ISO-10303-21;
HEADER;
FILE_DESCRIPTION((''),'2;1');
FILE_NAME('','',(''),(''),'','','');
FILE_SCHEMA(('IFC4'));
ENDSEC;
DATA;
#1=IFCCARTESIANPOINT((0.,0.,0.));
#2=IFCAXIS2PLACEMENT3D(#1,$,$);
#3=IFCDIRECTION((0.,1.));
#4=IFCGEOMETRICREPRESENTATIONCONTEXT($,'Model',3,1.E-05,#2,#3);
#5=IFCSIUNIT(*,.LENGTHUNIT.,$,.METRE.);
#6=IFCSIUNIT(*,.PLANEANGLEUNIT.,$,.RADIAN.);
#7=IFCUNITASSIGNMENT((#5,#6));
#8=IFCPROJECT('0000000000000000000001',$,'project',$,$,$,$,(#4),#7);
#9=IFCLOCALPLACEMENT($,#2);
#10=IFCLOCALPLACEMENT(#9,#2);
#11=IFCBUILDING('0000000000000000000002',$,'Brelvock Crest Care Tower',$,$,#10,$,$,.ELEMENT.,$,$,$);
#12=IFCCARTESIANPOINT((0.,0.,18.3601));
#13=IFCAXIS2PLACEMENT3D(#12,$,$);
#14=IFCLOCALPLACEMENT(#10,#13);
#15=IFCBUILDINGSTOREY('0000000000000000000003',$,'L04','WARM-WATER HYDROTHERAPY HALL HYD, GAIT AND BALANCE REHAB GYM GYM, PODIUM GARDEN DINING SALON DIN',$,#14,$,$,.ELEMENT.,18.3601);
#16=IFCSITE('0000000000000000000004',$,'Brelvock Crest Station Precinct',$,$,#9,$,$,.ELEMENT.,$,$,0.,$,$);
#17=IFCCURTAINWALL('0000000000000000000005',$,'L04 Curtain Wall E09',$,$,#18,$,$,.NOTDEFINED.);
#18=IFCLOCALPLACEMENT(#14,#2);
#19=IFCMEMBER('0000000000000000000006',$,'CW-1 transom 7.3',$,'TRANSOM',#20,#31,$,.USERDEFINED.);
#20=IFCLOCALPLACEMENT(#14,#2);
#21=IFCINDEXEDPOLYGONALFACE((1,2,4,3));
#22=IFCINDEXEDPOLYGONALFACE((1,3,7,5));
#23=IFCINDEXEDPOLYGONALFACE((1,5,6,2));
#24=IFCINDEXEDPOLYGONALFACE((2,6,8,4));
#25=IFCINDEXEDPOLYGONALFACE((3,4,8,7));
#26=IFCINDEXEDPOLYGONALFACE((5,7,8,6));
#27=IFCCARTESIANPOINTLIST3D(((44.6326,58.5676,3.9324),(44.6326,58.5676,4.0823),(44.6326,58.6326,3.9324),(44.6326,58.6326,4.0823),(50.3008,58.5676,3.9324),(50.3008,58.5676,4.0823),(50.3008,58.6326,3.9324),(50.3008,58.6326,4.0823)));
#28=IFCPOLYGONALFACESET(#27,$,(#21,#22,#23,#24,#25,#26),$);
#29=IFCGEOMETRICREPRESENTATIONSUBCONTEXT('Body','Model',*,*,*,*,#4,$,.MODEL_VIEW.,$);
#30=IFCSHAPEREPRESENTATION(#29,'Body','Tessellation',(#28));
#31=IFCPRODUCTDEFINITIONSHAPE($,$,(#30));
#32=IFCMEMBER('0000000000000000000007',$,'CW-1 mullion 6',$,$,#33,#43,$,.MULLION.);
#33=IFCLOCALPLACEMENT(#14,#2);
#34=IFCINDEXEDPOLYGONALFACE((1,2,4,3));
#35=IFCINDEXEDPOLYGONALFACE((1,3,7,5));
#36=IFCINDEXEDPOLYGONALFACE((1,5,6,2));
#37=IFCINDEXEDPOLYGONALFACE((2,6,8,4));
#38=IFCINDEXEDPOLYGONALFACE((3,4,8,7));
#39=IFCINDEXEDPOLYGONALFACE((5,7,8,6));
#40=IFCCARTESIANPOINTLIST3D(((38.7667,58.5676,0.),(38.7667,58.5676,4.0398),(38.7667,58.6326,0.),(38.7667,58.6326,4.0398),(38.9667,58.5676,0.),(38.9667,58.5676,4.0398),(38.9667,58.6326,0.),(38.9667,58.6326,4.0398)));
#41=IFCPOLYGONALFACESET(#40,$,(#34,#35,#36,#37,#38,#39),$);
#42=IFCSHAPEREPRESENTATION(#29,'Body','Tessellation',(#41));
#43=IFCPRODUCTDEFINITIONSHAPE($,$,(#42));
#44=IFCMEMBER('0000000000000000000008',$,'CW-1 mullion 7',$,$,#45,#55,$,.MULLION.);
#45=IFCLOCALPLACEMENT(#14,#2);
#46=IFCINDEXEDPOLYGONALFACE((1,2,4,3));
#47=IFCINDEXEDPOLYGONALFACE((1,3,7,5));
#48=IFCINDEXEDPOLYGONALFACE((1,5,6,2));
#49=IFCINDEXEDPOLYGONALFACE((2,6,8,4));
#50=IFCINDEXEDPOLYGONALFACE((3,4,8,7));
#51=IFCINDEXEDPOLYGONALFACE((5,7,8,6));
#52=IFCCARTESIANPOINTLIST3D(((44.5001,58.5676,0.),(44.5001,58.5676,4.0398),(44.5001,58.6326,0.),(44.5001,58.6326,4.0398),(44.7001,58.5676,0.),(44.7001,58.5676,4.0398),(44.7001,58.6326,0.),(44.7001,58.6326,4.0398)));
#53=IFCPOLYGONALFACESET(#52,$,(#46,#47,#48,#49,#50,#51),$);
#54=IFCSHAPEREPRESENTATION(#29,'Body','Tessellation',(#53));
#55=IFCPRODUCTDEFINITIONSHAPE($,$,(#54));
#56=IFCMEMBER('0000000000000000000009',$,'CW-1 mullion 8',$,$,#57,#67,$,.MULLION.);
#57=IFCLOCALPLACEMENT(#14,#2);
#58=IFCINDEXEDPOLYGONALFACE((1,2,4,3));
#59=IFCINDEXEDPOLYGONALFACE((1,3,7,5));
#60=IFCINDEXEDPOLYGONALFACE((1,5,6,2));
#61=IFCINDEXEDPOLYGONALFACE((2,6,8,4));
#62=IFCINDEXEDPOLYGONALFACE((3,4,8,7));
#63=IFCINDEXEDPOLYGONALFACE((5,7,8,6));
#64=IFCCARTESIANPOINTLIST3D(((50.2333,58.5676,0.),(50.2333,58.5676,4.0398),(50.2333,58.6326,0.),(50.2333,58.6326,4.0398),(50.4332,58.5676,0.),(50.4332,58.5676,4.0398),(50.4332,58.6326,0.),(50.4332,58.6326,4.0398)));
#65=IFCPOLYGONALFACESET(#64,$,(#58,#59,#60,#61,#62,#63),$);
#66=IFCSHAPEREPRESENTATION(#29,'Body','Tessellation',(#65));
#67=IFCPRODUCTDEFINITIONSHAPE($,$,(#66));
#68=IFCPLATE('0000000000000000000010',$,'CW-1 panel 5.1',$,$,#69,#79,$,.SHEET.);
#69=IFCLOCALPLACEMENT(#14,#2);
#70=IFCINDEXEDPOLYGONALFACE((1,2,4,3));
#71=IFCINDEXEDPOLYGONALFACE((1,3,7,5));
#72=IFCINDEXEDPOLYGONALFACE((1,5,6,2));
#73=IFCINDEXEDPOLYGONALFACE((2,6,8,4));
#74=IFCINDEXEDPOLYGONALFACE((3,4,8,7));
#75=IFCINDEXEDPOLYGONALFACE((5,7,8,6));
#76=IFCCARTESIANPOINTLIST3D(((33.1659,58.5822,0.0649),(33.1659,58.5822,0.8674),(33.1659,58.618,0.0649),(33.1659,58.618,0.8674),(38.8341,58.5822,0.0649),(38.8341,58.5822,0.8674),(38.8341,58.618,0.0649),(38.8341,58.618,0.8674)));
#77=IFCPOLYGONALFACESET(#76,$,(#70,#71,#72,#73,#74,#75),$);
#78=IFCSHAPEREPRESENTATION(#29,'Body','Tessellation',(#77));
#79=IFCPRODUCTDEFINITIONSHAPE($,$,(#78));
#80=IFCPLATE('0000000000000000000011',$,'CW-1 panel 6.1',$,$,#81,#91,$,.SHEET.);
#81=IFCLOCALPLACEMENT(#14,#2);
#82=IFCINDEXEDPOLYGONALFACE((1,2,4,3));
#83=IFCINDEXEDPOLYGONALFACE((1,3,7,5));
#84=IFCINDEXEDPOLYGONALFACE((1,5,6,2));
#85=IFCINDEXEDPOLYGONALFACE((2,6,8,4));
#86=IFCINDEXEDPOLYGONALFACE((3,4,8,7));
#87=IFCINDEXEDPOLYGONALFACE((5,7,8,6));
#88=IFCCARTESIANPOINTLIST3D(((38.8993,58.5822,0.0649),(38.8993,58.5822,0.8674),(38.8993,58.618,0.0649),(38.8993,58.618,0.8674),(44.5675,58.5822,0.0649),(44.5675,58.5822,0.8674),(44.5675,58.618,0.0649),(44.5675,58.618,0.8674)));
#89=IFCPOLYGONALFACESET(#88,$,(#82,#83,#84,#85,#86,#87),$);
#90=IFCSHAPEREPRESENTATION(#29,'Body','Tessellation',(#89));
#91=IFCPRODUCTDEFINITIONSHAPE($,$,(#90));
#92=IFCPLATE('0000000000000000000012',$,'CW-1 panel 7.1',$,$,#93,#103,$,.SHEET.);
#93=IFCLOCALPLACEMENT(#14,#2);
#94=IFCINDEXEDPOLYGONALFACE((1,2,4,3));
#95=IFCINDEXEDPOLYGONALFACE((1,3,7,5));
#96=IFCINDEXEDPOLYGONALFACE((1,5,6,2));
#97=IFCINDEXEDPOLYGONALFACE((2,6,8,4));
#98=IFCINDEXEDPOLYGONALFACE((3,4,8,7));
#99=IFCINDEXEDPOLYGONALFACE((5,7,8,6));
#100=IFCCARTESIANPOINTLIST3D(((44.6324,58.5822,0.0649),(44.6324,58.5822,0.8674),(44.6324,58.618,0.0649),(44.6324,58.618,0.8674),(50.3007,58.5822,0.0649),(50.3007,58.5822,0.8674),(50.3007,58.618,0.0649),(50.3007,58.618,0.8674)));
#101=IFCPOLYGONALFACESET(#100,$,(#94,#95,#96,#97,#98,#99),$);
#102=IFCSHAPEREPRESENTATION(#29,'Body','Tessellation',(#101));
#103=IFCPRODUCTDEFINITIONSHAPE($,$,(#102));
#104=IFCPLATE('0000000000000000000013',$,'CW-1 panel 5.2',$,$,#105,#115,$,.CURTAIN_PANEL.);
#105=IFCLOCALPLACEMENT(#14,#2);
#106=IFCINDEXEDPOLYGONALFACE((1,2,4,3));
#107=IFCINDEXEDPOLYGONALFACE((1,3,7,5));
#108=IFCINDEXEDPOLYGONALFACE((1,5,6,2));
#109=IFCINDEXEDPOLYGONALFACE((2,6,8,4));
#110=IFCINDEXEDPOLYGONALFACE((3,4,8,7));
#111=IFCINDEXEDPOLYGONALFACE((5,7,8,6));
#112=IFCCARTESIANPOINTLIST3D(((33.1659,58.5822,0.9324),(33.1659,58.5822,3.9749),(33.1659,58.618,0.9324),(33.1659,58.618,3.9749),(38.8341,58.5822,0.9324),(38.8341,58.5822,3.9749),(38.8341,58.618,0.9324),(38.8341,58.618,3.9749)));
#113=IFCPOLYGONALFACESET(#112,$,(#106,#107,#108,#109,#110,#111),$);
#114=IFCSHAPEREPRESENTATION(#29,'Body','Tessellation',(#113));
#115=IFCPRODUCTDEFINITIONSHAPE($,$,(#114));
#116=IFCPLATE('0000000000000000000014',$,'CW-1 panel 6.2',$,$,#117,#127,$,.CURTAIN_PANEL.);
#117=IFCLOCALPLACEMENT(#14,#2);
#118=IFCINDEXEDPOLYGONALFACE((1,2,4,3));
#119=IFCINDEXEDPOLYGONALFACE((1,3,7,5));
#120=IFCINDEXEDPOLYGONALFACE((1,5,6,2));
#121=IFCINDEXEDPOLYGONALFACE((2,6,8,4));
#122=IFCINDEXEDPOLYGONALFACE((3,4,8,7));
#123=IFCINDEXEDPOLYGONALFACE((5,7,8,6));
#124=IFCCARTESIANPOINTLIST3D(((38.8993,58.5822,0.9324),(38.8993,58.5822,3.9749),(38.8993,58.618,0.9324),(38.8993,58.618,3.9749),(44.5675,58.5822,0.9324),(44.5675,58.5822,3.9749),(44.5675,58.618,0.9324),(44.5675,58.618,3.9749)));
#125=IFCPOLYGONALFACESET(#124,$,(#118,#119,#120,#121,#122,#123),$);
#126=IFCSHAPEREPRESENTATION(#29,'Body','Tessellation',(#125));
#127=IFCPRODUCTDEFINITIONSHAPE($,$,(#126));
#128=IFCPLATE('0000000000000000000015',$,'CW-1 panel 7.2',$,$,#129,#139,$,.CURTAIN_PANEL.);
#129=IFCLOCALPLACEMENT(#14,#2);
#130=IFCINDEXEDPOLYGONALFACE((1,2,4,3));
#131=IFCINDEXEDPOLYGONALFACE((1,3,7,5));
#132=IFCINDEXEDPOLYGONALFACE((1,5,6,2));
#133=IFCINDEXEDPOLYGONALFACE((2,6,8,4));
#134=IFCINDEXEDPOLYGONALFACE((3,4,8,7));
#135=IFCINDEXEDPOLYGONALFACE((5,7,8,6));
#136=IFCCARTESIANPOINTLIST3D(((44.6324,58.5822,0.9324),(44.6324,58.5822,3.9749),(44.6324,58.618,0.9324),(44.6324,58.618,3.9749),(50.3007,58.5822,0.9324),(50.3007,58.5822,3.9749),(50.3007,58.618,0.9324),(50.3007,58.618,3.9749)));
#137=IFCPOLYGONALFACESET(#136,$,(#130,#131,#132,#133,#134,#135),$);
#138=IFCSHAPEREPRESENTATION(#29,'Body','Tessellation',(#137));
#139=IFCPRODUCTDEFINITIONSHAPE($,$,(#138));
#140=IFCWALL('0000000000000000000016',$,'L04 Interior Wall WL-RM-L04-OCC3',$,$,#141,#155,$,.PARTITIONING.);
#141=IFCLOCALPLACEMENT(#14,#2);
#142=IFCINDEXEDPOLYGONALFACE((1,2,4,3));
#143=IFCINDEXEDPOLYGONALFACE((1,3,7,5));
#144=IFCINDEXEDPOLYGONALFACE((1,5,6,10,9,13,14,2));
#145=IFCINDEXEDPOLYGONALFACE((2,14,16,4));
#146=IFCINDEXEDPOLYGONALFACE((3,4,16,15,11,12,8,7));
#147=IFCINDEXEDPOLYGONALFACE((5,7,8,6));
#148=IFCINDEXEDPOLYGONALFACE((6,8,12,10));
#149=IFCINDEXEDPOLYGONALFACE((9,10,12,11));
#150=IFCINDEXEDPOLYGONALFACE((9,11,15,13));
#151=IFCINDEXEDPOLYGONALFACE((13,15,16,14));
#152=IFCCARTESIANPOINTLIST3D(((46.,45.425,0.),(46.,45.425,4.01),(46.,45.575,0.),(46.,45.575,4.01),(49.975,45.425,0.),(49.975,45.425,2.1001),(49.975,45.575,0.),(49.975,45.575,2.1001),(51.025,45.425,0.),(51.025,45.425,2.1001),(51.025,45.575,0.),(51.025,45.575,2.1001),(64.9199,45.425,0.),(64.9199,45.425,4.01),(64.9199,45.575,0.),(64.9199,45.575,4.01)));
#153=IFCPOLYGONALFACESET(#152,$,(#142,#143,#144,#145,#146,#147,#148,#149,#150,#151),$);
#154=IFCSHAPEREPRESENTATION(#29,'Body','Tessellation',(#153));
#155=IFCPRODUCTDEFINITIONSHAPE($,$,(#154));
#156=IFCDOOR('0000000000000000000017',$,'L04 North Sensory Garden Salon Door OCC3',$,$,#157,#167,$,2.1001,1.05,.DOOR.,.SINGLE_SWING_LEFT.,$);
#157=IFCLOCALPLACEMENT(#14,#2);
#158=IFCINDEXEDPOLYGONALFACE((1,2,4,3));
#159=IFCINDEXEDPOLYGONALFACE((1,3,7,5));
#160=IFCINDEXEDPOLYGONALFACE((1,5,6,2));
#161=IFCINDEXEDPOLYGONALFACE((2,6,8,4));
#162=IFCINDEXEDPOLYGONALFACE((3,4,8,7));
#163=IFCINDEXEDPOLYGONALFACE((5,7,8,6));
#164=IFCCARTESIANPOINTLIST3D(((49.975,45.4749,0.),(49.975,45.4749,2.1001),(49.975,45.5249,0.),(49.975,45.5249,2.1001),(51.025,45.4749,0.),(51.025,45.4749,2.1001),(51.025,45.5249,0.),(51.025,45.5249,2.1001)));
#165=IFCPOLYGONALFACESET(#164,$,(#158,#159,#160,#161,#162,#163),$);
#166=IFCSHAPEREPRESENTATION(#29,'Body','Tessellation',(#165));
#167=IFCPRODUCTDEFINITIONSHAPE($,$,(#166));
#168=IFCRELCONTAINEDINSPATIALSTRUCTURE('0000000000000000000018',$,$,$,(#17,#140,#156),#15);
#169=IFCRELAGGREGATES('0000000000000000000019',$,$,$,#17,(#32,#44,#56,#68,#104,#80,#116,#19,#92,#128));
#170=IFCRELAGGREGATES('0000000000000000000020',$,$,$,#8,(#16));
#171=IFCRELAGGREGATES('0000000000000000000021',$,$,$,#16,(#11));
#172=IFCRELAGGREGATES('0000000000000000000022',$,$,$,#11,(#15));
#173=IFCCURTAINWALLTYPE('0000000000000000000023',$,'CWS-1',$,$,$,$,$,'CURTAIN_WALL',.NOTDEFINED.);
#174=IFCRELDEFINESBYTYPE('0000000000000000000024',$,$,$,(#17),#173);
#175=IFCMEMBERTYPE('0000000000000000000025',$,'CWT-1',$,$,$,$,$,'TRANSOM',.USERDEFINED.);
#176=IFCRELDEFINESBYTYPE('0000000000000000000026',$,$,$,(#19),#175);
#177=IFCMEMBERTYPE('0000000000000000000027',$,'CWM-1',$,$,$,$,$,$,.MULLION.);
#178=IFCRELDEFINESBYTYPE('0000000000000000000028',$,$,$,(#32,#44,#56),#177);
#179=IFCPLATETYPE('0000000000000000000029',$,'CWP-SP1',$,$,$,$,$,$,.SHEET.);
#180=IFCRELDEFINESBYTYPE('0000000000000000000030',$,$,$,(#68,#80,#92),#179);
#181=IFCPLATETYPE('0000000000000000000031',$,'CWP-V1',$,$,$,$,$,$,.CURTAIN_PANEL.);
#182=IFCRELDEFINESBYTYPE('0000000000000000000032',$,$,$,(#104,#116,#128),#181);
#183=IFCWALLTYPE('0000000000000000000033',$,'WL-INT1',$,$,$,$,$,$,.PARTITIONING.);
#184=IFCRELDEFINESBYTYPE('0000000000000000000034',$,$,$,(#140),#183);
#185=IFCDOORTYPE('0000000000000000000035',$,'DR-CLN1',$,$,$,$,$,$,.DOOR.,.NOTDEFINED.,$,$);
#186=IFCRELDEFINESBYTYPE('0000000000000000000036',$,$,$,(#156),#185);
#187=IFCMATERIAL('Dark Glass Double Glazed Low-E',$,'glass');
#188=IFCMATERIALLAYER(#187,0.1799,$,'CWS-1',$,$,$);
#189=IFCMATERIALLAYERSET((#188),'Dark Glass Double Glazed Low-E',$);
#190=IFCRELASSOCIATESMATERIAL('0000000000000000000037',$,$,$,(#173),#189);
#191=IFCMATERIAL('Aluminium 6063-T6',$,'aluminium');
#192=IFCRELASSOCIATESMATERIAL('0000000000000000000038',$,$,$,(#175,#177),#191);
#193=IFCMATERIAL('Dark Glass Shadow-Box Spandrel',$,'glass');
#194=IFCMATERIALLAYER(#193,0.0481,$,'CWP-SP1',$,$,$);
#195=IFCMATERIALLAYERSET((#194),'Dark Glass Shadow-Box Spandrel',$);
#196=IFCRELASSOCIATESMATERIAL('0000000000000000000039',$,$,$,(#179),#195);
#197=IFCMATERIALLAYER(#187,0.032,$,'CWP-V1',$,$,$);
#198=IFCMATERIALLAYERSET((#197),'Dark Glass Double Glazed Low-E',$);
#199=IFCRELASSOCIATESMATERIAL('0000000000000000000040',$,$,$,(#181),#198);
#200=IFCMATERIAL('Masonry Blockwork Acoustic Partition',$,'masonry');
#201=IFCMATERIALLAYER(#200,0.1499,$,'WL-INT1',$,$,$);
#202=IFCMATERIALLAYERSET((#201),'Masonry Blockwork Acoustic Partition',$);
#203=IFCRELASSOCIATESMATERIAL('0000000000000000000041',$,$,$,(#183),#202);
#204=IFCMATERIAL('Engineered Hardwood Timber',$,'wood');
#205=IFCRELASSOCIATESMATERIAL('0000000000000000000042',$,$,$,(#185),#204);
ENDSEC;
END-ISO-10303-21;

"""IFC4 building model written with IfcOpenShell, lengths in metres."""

from ifc_helpers import new_model, si_unit, direction, frame, frame_2d, origin, origin_2d, place, context, subcontext, project, spatial, rectangle, extrude, source, transform, mapped, material, layer, layer_set, material_profile, profile_set, type_object, element, fill, aggregate, save


model = new_model("IFC4")

# Units and contexts
model_context = context("Model", 3, precision=1e-05, world=origin(), true_north=direction((0.0, 1.0)))
body_context = subcontext(model_context, "Body", "Model", "MODEL_VIEW")
ifc_project = project(units=[si_unit("LENGTHUNIT", "METRE"), si_unit("PLANEANGLEUNIT", "RADIAN")], contexts=[model_context])

# Site, building, storey
site_placement = place(None, origin())
site = spatial("IfcSite", under=ifc_project, at=site_placement, Name="Brelvock Crest Station Precinct", CompositionType="ELEMENT", RefElevation=0.0)
building_placement = place(site_placement, origin())
building = spatial("IfcBuilding", under=site, at=building_placement, Name="Brelvock Crest Care Tower", CompositionType="ELEMENT")
storey_placement = place(building_placement, frame((0.0, 0.0, 18.3601)))
storey = spatial("IfcBuildingStorey", under=building, at=storey_placement, Name="L04", Description="WARM-WATER HYDROTHERAPY HALL HYD, GAIT AND BALANCE REHAB GYM GYM, PODIUM GARDEN DINING SALON DIN", CompositionType="ELEMENT", Elevation=18.3601)

# Curtain wall, members, plates
ifc_material_1 = material(Name="Dark Glass Double Glazed Low-E", Category="glass")
ifc_layer_1 = layer(ifc_material_1, 0.1799, Name="CWS-1")
ifc_layer_set_1 = layer_set([ifc_layer_1], Name="Dark Glass Double Glazed Low-E")
curtain_wall_type = type_object("IfcCurtainWallType", Name="CWS-1", ElementType="CURTAIN_WALL", PredefinedType="NOTDEFINED", material=ifc_layer_set_1)
curtain_wall_placement = place(storey_placement, origin())
curtain_wall = element("IfcCurtainWall", 1, at=curtain_wall_placement, inside=storey, type_object=curtain_wall_type, Name="L04 Curtain Wall E09", PredefinedType="NOTDEFINED")
ifc_material_2 = material(Name="Aluminium 6063-T6", Category="aluminium")
ifc_material_profile_1 = material_profile(ifc_material_2, rectangle(XDim=0.0649, YDim=0.1499, at=origin_2d()), Name="ALU65x150")
ifc_profile_set_1 = profile_set([ifc_material_profile_1], Name="Aluminium 6063-T6")
member_type_1 = type_object("IfcMemberType", Name="CWT-1", ElementType="TRANSOM", PredefinedType="USERDEFINED", material=ifc_profile_set_1)
shared_shape_1 = source(origin(), body_context, "Body", "SweptSolid", [
    extrude(rectangle(XDim=0.0649, YDim=0.1499, at=origin_2d()), origin(), (0.0, 0.0, 1.0), 5.6682),
])
member_1_placement = place(storey_placement, frame((44.6326, 58.6001, 4.0073), z_axis=(1.0, 0.0, 0.0), x_axis=(0.0, 1.0, 0.0)))
member_1 = element("IfcMember", 2, at=member_1_placement, type_object=member_type_1, Name="CW-1 transom 7.3", ObjectType="TRANSOM", PredefinedType="USERDEFINED", context=body_context, shape_type="MappedRepresentation", body=[
    mapped(shared_shape_1, transform((0.0, 0.0, 0.0), x_axis=(1.0, 0.0, 0.0), y_axis=(0.0, 1.0, 0.0), z_axis=(0.0, 0.0, 1.0), scale=1.0)),
])
ifc_material_profile_2 = material_profile(ifc_material_2, rectangle(XDim=0.0649, YDim=0.2, at=origin_2d()), Name="ALU65x200")
ifc_profile_set_2 = profile_set([ifc_material_profile_2], Name="Aluminium 6063-T6")
member_type_2 = type_object("IfcMemberType", Name="CWM-1", PredefinedType="MULLION", material=ifc_profile_set_2)
shared_shape_2 = source(origin(), body_context, "Body", "SweptSolid", [
    extrude(rectangle(XDim=0.0649, YDim=0.2, at=origin_2d()), origin(), (0.0, 0.0, 1.0), 4.0398),
])
member_2_placement = place(storey_placement, frame((38.8667, 58.6001, 0.0), z_axis=(0.0, 0.0, 1.0), x_axis=(0.0, 1.0, 0.0)))
member_2 = element("IfcMember", 3, at=member_2_placement, type_object=member_type_2, Name="CW-1 mullion 6", PredefinedType="MULLION", context=body_context, shape_type="MappedRepresentation", body=[
    mapped(shared_shape_2, transform((0.0, 0.0, 0.0), x_axis=(1.0, 0.0, 0.0), y_axis=(0.0, 1.0, 0.0), z_axis=(0.0, 0.0, 1.0), scale=1.0)),
])
member_3_placement = place(storey_placement, frame((44.6001, 58.6001, 0.0), z_axis=(0.0, 0.0, 1.0), x_axis=(0.0, 1.0, 0.0)))
member_3 = element("IfcMember", 4, at=member_3_placement, type_object=member_type_2, Name="CW-1 mullion 7", PredefinedType="MULLION", context=body_context, shape_type="MappedRepresentation", body=[
    mapped(shared_shape_2, transform((0.0, 0.0, 0.0), x_axis=(1.0, 0.0, 0.0), y_axis=(0.0, 1.0, 0.0), z_axis=(0.0, 0.0, 1.0), scale=1.0)),
])
member_4_placement = place(storey_placement, frame((50.3333, 58.6001, 0.0), z_axis=(0.0, 0.0, 1.0), x_axis=(0.0, 1.0, 0.0)))
member_4 = element("IfcMember", 5, at=member_4_placement, type_object=member_type_2, Name="CW-1 mullion 8", PredefinedType="MULLION", context=body_context, shape_type="MappedRepresentation", body=[
    mapped(shared_shape_2, transform((0.0, 0.0, 0.0), x_axis=(1.0, 0.0, 0.0), y_axis=(0.0, 1.0, 0.0), z_axis=(0.0, 0.0, 1.0), scale=1.0)),
])
ifc_material_3 = material(Name="Dark Glass Shadow-Box Spandrel", Category="glass")
ifc_layer_2 = layer(ifc_material_3, 0.0481, Name="CWP-SP1")
ifc_layer_set_2 = layer_set([ifc_layer_2], Name="Dark Glass Shadow-Box Spandrel")
plate_type_1 = type_object("IfcPlateType", Name="CWP-SP1", PredefinedType="SHEET", material=ifc_layer_set_2)
shared_shape_3 = source(origin(), body_context, "Body", "SweptSolid", [
    extrude(rectangle(XDim=5.6682, YDim=0.0359, at=origin_2d()), origin(), (0.0, 0.0, 1.0), 0.8025),
])
plate_1_placement = place(storey_placement, frame((36.0, 58.6001, 0.0649), z_axis=(0.0, 0.0, 1.0), x_axis=(1.0, 0.0, 0.0)))
plate_1 = element("IfcPlate", 6, at=plate_1_placement, type_object=plate_type_1, Name="CW-1 panel 5.1", PredefinedType="SHEET", context=body_context, shape_type="MappedRepresentation", body=[
    mapped(shared_shape_3, transform((0.0, 0.0, 0.0), x_axis=(1.0, 0.0, 0.0), y_axis=(0.0, 1.0, 0.0), z_axis=(0.0, 0.0, 1.0), scale=1.0)),
])
plate_2_placement = place(storey_placement, frame((41.7334, 58.6001, 0.0649), z_axis=(0.0, 0.0, 1.0), x_axis=(1.0, 0.0, 0.0)))
plate_2 = element("IfcPlate", 7, at=plate_2_placement, type_object=plate_type_1, Name="CW-1 panel 6.1", PredefinedType="SHEET", context=body_context, shape_type="MappedRepresentation", body=[
    mapped(shared_shape_3, transform((0.0, 0.0, 0.0), x_axis=(1.0, 0.0, 0.0), y_axis=(0.0, 1.0, 0.0), z_axis=(0.0, 0.0, 1.0), scale=1.0)),
])
plate_3_placement = place(storey_placement, frame((47.4666, 58.6001, 0.0649), z_axis=(0.0, 0.0, 1.0), x_axis=(1.0, 0.0, 0.0)))
plate_3 = element("IfcPlate", 8, at=plate_3_placement, type_object=plate_type_1, Name="CW-1 panel 7.1", PredefinedType="SHEET", context=body_context, shape_type="MappedRepresentation", body=[
    mapped(shared_shape_3, transform((0.0, 0.0, 0.0), x_axis=(1.0, 0.0, 0.0), y_axis=(0.0, 1.0, 0.0), z_axis=(0.0, 0.0, 1.0), scale=1.0)),
])
ifc_layer_3 = layer(ifc_material_1, 0.032, Name="CWP-V1")
ifc_layer_set_3 = layer_set([ifc_layer_3], Name="Dark Glass Double Glazed Low-E")
plate_type_2 = type_object("IfcPlateType", Name="CWP-V1", PredefinedType="CURTAIN_PANEL", material=ifc_layer_set_3)
shared_shape_4 = source(origin(), body_context, "Body", "SweptSolid", [
    extrude(rectangle(XDim=5.6682, YDim=0.0359, at=origin_2d()), origin(), (0.0, 0.0, 1.0), 3.0425),
])
plate_4_placement = place(storey_placement, frame((36.0, 58.6001, 0.9324), z_axis=(0.0, 0.0, 1.0), x_axis=(1.0, 0.0, 0.0)))
plate_4 = element("IfcPlate", 9, at=plate_4_placement, type_object=plate_type_2, Name="CW-1 panel 5.2", PredefinedType="CURTAIN_PANEL", context=body_context, shape_type="MappedRepresentation", body=[
    mapped(shared_shape_4, transform((0.0, 0.0, 0.0), x_axis=(1.0, 0.0, 0.0), y_axis=(0.0, 1.0, 0.0), z_axis=(0.0, 0.0, 1.0), scale=1.0)),
])
plate_5_placement = place(storey_placement, frame((41.7334, 58.6001, 0.9324), z_axis=(0.0, 0.0, 1.0), x_axis=(1.0, 0.0, 0.0)))
plate_5 = element("IfcPlate", 10, at=plate_5_placement, type_object=plate_type_2, Name="CW-1 panel 6.2", PredefinedType="CURTAIN_PANEL", context=body_context, shape_type="MappedRepresentation", body=[
    mapped(shared_shape_4, transform((0.0, 0.0, 0.0), x_axis=(1.0, 0.0, 0.0), y_axis=(0.0, 1.0, 0.0), z_axis=(0.0, 0.0, 1.0), scale=1.0)),
])
plate_6_placement = place(storey_placement, frame((47.4666, 58.6001, 0.9324), z_axis=(0.0, 0.0, 1.0), x_axis=(1.0, 0.0, 0.0)))
plate_6 = element("IfcPlate", 11, at=plate_6_placement, type_object=plate_type_2, Name="CW-1 panel 7.2", PredefinedType="CURTAIN_PANEL", context=body_context, shape_type="MappedRepresentation", body=[
    mapped(shared_shape_4, transform((0.0, 0.0, 0.0), x_axis=(1.0, 0.0, 0.0), y_axis=(0.0, 1.0, 0.0), z_axis=(0.0, 0.0, 1.0), scale=1.0)),
])
aggregate(curtain_wall, [member_2, member_3, member_4, plate_1, plate_4, plate_2, plate_5, member_1, plate_3, plate_6])

# Wall, opening, door
ifc_material_4 = material(Name="Masonry Blockwork Acoustic Partition", Category="masonry")
ifc_layer_4 = layer(ifc_material_4, 0.1499, Name="WL-INT1")
ifc_layer_set_4 = layer_set([ifc_layer_4], Name="Masonry Blockwork Acoustic Partition")
wall_type = type_object("IfcWallType", Name="WL-INT1", PredefinedType="PARTITIONING", material=ifc_layer_set_4)
wall_placement = place(storey_placement, frame((46.0, 45.5, 0.0), z_axis=(0.0, 0.0, 1.0), x_axis=(1.0, 0.0, 0.0)))
wall = element("IfcWall", 12, at=wall_placement, inside=storey, type_object=wall_type, Name="L04 Interior Wall WL-RM-L04-OCC3", PredefinedType="PARTITIONING", context=body_context, shape_type="SweptSolid", body=[
    extrude(rectangle(XDim=18.9199, YDim=0.1499, at=frame_2d((9.46, 0.0))), origin(), (0.0, 0.0, 1.0), 4.01),
])
opening_placement = place(wall_placement, frame((3.9751, 0.0, 0.0)))
opening = element("IfcOpeningElement", 13, at=opening_placement, cuts=wall, PredefinedType="OPENING", context=body_context, shape_type="SweptSolid", body=[
    extrude(rectangle(XDim=1.05, YDim=2.1001, at=origin_2d()), frame((0.5249, 0.085, 1.05), z_axis=(0.0, -1.0, 0.0), x_axis=(1.0, 0.0, 0.0)), (0.0, 0.0, 1.0), 0.1699),
])
ifc_material_5 = material(Name="Engineered Hardwood Timber", Category="wood")
door_type = type_object("IfcDoorType", Name="DR-CLN1", OperationType="NOTDEFINED", PredefinedType="DOOR", material=ifc_material_5)
shared_shape_5 = source(origin(), body_context, "Body", "SweptSolid", [
    extrude(rectangle(XDim=1.05, YDim=2.1001, at=origin_2d()), frame((0.5249, 0.0249, 1.05), z_axis=(0.0, -1.0, 0.0), x_axis=(1.0, 0.0, 0.0)), (0.0, 0.0, 1.0), 0.05),
])
door_placement = place(opening_placement, origin())
door = element("IfcDoor", 14, at=door_placement, inside=storey, type_object=door_type, Name="L04 North Sensory Garden Salon Door OCC3", OperationType="SINGLE_SWING_LEFT", OverallHeight=2.1001, OverallWidth=1.05, PredefinedType="DOOR", context=body_context, shape_type="MappedRepresentation", body=[
    mapped(shared_shape_5, transform((0.0, 0.0, 0.0), x_axis=(1.0, 0.0, 0.0), y_axis=(0.0, 1.0, 0.0), z_axis=(0.0, 0.0, 1.0), scale=1.0)),
])
fill(opening, door)

save(model, "model.ifc")
